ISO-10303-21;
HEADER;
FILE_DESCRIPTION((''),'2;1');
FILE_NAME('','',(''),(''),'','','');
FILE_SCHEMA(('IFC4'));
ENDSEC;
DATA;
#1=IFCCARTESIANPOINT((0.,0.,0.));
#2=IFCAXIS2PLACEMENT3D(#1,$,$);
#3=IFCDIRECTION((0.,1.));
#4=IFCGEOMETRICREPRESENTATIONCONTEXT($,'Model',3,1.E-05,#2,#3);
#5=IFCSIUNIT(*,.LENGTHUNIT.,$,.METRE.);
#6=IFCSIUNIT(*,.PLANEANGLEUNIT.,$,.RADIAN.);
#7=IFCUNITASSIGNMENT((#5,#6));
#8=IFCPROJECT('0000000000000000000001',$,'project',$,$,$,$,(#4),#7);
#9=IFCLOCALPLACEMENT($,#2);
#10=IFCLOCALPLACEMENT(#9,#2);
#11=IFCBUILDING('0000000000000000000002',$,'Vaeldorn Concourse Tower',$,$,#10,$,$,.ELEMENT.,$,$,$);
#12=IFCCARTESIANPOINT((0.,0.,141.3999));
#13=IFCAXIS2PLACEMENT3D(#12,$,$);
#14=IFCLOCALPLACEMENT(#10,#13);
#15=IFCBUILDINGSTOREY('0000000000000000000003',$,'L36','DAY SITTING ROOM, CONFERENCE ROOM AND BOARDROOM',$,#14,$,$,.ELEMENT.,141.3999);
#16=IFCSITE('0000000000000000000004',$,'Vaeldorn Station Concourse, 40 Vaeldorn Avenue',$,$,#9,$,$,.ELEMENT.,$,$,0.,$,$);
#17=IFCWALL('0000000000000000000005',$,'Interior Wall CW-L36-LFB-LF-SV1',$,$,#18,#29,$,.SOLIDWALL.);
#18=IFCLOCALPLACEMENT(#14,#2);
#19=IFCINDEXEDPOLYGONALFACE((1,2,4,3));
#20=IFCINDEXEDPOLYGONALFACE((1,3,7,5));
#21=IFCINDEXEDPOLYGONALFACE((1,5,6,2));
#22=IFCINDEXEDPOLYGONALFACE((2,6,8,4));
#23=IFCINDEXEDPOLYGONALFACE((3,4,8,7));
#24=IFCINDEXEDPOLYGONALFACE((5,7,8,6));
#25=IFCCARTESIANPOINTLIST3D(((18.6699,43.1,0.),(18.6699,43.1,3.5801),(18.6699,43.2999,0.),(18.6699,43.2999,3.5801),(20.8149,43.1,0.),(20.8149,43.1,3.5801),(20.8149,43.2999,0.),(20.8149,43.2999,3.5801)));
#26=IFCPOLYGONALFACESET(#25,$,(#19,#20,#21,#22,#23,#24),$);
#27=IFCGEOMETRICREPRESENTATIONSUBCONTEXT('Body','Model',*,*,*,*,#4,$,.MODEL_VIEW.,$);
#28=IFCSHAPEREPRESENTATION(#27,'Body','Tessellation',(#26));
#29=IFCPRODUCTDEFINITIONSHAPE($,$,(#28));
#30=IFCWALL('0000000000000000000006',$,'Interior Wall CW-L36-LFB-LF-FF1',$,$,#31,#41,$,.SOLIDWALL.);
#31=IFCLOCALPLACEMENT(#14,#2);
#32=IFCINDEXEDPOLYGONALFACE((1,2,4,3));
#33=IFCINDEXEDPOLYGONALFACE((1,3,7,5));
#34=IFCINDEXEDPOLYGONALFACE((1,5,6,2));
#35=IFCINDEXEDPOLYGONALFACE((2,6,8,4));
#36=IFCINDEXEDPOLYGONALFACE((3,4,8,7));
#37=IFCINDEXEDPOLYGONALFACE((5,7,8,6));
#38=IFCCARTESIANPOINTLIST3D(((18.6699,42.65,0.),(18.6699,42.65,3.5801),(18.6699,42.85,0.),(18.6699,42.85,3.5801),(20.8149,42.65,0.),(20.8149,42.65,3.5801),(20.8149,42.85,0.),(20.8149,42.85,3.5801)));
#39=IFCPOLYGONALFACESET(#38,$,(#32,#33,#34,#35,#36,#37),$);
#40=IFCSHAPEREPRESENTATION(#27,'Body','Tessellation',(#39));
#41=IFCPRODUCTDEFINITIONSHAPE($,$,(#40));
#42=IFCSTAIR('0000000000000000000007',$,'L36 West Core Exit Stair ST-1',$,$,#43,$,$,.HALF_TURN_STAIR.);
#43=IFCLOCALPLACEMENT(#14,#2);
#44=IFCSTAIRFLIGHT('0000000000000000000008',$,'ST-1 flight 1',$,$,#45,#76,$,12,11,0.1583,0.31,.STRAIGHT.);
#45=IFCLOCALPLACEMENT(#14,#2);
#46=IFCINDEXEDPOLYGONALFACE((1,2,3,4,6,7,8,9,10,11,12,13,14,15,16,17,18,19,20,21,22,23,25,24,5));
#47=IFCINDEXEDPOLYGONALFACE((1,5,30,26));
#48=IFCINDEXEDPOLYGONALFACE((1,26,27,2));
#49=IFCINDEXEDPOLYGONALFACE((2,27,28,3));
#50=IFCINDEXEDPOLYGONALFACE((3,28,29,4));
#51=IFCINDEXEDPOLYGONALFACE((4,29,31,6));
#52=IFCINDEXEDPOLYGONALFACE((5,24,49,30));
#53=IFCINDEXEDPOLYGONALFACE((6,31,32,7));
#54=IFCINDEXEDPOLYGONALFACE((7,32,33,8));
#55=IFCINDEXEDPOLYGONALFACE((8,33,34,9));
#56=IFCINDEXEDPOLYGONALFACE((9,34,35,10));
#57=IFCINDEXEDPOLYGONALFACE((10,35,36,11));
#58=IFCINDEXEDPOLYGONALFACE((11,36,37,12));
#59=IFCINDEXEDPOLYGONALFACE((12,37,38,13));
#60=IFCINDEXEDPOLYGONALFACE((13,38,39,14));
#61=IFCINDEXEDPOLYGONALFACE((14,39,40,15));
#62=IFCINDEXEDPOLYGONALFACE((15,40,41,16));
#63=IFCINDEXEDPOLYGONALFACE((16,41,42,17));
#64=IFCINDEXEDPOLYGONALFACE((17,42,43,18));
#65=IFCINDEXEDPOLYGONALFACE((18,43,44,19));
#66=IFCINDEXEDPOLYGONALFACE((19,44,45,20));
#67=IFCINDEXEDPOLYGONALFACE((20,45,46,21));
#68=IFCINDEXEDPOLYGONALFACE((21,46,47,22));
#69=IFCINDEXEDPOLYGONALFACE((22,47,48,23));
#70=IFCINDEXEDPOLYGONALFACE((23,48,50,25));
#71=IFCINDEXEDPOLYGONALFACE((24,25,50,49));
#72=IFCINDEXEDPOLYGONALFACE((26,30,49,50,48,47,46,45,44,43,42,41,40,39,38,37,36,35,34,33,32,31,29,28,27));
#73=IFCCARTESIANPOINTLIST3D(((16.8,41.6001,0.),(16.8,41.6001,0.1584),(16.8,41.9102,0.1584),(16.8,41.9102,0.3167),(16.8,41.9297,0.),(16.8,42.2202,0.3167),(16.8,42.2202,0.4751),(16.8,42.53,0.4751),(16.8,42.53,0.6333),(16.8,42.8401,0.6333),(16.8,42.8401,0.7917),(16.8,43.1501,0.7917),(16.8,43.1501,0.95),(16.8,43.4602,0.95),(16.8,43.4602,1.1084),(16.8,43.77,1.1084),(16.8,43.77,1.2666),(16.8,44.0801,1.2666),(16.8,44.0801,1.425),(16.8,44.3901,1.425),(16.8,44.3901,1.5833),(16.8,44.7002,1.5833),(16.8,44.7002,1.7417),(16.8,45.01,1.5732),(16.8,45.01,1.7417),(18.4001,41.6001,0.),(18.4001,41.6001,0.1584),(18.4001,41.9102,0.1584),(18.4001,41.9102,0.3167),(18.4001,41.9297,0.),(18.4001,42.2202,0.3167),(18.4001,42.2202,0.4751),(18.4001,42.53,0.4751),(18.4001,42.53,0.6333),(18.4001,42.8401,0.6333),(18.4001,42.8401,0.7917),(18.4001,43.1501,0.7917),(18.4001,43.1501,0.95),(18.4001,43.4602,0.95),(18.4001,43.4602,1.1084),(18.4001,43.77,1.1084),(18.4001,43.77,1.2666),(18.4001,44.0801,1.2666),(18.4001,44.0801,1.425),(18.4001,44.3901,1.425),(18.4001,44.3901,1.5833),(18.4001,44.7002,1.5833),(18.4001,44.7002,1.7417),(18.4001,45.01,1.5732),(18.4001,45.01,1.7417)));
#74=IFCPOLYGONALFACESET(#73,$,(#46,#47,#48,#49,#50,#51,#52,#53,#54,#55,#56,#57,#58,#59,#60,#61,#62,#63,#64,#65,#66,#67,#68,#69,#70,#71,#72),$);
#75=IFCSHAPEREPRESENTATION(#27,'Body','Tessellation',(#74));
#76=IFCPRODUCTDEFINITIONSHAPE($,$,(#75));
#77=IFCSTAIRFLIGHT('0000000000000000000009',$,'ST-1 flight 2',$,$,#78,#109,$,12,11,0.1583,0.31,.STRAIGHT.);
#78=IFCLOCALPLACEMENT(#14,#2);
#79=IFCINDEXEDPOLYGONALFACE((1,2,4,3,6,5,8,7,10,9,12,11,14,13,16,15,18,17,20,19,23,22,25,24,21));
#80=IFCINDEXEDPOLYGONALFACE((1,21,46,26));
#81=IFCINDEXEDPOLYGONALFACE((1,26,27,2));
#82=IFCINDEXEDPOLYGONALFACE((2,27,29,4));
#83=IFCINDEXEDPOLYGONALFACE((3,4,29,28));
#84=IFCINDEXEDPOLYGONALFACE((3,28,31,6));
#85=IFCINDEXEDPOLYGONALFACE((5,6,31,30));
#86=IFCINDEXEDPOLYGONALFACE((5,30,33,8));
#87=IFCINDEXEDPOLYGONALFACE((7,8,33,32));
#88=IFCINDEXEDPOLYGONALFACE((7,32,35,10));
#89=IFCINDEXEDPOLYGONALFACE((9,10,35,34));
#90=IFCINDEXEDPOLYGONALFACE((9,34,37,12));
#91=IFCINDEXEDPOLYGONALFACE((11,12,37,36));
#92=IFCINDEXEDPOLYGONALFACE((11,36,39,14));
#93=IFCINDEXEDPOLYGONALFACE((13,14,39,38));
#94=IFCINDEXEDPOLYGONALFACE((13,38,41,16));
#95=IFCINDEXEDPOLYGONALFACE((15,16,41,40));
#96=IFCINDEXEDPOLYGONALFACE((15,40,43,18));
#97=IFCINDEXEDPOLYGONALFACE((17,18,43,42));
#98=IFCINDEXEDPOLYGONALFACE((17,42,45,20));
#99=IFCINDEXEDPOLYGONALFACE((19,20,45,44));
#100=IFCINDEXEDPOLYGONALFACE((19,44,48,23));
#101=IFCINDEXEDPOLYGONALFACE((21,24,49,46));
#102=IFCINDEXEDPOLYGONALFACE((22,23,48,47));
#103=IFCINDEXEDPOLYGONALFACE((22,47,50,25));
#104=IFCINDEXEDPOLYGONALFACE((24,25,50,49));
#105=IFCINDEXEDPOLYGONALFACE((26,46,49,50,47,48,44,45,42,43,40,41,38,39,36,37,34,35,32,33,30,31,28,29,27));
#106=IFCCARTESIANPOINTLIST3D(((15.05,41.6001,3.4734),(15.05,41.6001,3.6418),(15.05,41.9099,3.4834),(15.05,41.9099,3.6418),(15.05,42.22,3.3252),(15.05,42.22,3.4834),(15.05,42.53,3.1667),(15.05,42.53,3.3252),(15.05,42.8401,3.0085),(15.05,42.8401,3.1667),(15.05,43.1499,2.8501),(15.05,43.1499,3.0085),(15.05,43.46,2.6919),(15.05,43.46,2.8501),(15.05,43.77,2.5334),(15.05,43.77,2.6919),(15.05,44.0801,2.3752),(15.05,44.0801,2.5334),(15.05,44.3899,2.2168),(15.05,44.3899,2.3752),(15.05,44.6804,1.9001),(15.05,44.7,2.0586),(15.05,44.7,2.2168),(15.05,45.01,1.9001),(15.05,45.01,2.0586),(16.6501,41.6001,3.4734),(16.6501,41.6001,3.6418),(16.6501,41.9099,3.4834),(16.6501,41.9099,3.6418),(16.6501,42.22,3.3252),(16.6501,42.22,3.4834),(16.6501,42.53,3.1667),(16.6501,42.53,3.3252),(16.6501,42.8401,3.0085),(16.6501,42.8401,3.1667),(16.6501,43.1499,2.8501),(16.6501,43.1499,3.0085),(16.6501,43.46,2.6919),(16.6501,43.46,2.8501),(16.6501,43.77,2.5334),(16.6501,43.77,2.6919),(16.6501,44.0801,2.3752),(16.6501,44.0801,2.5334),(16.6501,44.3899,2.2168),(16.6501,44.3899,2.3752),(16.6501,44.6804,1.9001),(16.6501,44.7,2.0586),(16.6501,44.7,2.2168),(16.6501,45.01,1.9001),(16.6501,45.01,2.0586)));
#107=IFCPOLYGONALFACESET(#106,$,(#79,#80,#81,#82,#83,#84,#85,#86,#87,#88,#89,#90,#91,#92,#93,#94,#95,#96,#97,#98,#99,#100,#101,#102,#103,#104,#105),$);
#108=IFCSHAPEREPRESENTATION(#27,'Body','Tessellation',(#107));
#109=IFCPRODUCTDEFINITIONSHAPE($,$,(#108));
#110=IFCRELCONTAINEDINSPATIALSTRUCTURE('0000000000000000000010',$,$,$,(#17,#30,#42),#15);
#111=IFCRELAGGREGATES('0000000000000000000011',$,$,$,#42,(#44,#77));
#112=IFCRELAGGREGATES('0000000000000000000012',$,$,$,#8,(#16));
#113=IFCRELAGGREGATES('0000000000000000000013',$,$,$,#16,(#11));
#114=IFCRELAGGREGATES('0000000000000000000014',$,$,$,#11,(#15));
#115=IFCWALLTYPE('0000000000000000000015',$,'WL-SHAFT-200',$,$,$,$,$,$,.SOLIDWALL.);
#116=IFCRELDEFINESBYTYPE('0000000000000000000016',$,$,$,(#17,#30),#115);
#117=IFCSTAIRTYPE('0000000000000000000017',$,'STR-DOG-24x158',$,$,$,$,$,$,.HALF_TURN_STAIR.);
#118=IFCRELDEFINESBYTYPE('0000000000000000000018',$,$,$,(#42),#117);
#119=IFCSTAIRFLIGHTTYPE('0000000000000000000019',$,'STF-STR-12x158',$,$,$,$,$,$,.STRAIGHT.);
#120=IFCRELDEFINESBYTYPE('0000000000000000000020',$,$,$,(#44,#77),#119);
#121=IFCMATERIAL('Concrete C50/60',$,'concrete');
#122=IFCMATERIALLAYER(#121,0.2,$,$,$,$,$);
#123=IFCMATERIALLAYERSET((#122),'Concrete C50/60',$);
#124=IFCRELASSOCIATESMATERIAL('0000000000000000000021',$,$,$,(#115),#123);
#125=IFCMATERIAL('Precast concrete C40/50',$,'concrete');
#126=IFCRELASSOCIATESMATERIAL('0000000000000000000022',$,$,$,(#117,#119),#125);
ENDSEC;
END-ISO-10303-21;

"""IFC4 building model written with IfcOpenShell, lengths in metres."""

from ifc_helpers import new_model, si_unit, direction, frame, frame_2d, origin, place, context, subcontext, project, spatial, polyline, rectangle, outline, extrude, material, layer, layer_set, type_object, element, aggregate, save


model = new_model("IFC4")

# Units and contexts
model_context = context("Model", 3, precision=1e-05, world=origin(), true_north=direction((0.0, 1.0)))
body_context = subcontext(model_context, "Body", "Model", "MODEL_VIEW")
ifc_project = project(units=[si_unit("LENGTHUNIT", "METRE"), si_unit("PLANEANGLEUNIT", "RADIAN")], contexts=[model_context])

# Site, building, storey
site_placement = place(None, origin())
site = spatial("IfcSite", under=ifc_project, at=site_placement, Name="Vaeldorn Station Concourse, 40 Vaeldorn Avenue", CompositionType="ELEMENT", RefElevation=0.0)
building_placement = place(site_placement, origin())
building = spatial("IfcBuilding", under=site, at=building_placement, Name="Vaeldorn Concourse Tower", CompositionType="ELEMENT")
storey_placement = place(building_placement, frame((0.0, 0.0, 141.3999)))
storey = spatial("IfcBuildingStorey", under=building, at=storey_placement, Name="L36", Description="DAY SITTING ROOM, CONFERENCE ROOM AND BOARDROOM", CompositionType="ELEMENT", Elevation=141.3999)

# Shared definitions
ifc_material_1 = material(Name="Concrete C50/60", Category="concrete")
ifc_layer_1 = layer(ifc_material_1, 0.2)
ifc_layer_set_1 = layer_set([ifc_layer_1], Name="Concrete C50/60")
wall_type_1 = type_object("IfcWallType", Name="WL-SHAFT-200", PredefinedType="SOLIDWALL", material=ifc_layer_set_1)

# Walls
for number, where, z_axis, x_axis, name in (
    (1, (18.6699, 43.2, 0.0), (0.0, 0.0, 1.0), (1.0, 0.0, 0.0), "Interior Wall CW-L36-LFB-LF-SV1"),
    (2, (18.6699, 42.75, 0.0), (0.0, 0.0, 1.0), (1.0, 0.0, 0.0), "Interior Wall CW-L36-LFB-LF-FF1"),
):
    element("IfcWall", number, at=place(storey_placement, frame(where, z_axis=z_axis, x_axis=x_axis)), inside=storey, type_object=wall_type_1, Name=name, PredefinedType="SOLIDWALL", context=body_context, shape_type="SweptSolid", body=[
        extrude(rectangle(XDim=2.145, YDim=0.2, at=frame_2d((1.0725, 0.0))), origin(), (0.0, 0.0, 1.0), 3.5801),
    ])

# Stair, stair flights
ifc_material_2 = material(Name="Precast concrete C40/50", Category="concrete")
stair_type = type_object("IfcStairType", Name="STR-DOG-24x158", PredefinedType="HALF_TURN_STAIR", material=ifc_material_2)
stair_placement = place(storey_placement, origin())
stair = element("IfcStair", 3, at=stair_placement, inside=storey, type_object=stair_type, Name="L36 West Core Exit Stair ST-1", PredefinedType="HALF_TURN_STAIR")
stair_flight_type = type_object("IfcStairFlightType", Name="STF-STR-12x158", PredefinedType="STRAIGHT", material=ifc_material_2)
stair_flight_1_placement = place(storey_placement, frame((17.6001, 41.6001, 0.0), z_axis=(0.0, 0.0, 1.0), x_axis=(0.0, 1.0, 0.0)))
stair_flight_1 = element("IfcStairFlight", 4, at=stair_flight_1_placement, type_object=stair_flight_type, Name="ST-1 flight 1", NumberOfRisers=12, NumberOfTreads=11, PredefinedType="STRAIGHT", RiserHeight=0.1583, TreadLength=0.31, context=body_context, shape_type="SweptSolid", body=[
    extrude(outline(polyline([(0.0, 0.0), (0.0, 0.1584), (0.3101, 0.1584), (0.3101, 0.3167), (0.6201, 0.3167), (0.6201, 0.4751), (0.9299, 0.4751), (0.9299, 0.6333), (1.24, 0.6333), (1.24, 0.7917), (1.55, 0.7917), (1.55, 0.95), (1.8601, 0.95), (1.8601, 1.1084), (2.1699, 1.1084), (2.1699, 1.2666), (2.48, 1.2666), (2.48, 1.425), (2.79, 1.425), (2.79, 1.5833), (3.1001, 1.5833), (3.1001, 1.7417), (3.4099, 1.7417), (3.4099, 1.8999), (3.4099, 1.5732), (0.3296, 0.0), (0.0, 0.0)])), frame((0.0, 0.8, 0.0), z_axis=(0.0, -1.0, 0.0), x_axis=(1.0, 0.0, 0.0)), (0.0, 0.0, 1.0), 1.6001),
])
stair_flight_2_placement = place(storey_placement, frame((15.8501, 45.01, 1.9001), z_axis=(0.0, 0.0, 1.0), x_axis=(0.0, -1.0, 0.0)))
stair_flight_2 = element("IfcStairFlight", 5, at=stair_flight_2_placement, type_object=stair_flight_type, Name="ST-1 flight 2", NumberOfRisers=12, NumberOfTreads=11, PredefinedType="STRAIGHT", RiserHeight=0.1583, TreadLength=0.31, context=body_context, shape_type="SweptSolid", body=[
    extrude(outline(polyline([(0.0, 0.0), (0.0, 0.1584), (0.3101, 0.1584), (0.3101, 0.3167), (0.6201, 0.3167), (0.6201, 0.4751), (0.9299, 0.4751), (0.9299, 0.6333), (1.24, 0.6333), (1.24, 0.7917), (1.55, 0.7917), (1.55, 0.95), (1.8601, 0.95), (1.8601, 1.1084), (2.1699, 1.1084), (2.1699, 1.2666), (2.48, 1.2666), (2.48, 1.425), (2.79, 1.425), (2.79, 1.5833), (3.1001, 1.5833), (3.1001, 1.7417), (3.4099, 1.7417), (3.4099, 1.8999), (3.4099, 1.5732), (0.3296, 0.0), (0.0, 0.0)])), frame((0.0, 0.8, 0.0), z_axis=(0.0, -1.0, 0.0), x_axis=(1.0, 0.0, 0.0)), (0.0, 0.0, 1.0), 1.6001),
])
aggregate(stair, [stair_flight_1, stair_flight_2])

save(model, "model.ifc")
